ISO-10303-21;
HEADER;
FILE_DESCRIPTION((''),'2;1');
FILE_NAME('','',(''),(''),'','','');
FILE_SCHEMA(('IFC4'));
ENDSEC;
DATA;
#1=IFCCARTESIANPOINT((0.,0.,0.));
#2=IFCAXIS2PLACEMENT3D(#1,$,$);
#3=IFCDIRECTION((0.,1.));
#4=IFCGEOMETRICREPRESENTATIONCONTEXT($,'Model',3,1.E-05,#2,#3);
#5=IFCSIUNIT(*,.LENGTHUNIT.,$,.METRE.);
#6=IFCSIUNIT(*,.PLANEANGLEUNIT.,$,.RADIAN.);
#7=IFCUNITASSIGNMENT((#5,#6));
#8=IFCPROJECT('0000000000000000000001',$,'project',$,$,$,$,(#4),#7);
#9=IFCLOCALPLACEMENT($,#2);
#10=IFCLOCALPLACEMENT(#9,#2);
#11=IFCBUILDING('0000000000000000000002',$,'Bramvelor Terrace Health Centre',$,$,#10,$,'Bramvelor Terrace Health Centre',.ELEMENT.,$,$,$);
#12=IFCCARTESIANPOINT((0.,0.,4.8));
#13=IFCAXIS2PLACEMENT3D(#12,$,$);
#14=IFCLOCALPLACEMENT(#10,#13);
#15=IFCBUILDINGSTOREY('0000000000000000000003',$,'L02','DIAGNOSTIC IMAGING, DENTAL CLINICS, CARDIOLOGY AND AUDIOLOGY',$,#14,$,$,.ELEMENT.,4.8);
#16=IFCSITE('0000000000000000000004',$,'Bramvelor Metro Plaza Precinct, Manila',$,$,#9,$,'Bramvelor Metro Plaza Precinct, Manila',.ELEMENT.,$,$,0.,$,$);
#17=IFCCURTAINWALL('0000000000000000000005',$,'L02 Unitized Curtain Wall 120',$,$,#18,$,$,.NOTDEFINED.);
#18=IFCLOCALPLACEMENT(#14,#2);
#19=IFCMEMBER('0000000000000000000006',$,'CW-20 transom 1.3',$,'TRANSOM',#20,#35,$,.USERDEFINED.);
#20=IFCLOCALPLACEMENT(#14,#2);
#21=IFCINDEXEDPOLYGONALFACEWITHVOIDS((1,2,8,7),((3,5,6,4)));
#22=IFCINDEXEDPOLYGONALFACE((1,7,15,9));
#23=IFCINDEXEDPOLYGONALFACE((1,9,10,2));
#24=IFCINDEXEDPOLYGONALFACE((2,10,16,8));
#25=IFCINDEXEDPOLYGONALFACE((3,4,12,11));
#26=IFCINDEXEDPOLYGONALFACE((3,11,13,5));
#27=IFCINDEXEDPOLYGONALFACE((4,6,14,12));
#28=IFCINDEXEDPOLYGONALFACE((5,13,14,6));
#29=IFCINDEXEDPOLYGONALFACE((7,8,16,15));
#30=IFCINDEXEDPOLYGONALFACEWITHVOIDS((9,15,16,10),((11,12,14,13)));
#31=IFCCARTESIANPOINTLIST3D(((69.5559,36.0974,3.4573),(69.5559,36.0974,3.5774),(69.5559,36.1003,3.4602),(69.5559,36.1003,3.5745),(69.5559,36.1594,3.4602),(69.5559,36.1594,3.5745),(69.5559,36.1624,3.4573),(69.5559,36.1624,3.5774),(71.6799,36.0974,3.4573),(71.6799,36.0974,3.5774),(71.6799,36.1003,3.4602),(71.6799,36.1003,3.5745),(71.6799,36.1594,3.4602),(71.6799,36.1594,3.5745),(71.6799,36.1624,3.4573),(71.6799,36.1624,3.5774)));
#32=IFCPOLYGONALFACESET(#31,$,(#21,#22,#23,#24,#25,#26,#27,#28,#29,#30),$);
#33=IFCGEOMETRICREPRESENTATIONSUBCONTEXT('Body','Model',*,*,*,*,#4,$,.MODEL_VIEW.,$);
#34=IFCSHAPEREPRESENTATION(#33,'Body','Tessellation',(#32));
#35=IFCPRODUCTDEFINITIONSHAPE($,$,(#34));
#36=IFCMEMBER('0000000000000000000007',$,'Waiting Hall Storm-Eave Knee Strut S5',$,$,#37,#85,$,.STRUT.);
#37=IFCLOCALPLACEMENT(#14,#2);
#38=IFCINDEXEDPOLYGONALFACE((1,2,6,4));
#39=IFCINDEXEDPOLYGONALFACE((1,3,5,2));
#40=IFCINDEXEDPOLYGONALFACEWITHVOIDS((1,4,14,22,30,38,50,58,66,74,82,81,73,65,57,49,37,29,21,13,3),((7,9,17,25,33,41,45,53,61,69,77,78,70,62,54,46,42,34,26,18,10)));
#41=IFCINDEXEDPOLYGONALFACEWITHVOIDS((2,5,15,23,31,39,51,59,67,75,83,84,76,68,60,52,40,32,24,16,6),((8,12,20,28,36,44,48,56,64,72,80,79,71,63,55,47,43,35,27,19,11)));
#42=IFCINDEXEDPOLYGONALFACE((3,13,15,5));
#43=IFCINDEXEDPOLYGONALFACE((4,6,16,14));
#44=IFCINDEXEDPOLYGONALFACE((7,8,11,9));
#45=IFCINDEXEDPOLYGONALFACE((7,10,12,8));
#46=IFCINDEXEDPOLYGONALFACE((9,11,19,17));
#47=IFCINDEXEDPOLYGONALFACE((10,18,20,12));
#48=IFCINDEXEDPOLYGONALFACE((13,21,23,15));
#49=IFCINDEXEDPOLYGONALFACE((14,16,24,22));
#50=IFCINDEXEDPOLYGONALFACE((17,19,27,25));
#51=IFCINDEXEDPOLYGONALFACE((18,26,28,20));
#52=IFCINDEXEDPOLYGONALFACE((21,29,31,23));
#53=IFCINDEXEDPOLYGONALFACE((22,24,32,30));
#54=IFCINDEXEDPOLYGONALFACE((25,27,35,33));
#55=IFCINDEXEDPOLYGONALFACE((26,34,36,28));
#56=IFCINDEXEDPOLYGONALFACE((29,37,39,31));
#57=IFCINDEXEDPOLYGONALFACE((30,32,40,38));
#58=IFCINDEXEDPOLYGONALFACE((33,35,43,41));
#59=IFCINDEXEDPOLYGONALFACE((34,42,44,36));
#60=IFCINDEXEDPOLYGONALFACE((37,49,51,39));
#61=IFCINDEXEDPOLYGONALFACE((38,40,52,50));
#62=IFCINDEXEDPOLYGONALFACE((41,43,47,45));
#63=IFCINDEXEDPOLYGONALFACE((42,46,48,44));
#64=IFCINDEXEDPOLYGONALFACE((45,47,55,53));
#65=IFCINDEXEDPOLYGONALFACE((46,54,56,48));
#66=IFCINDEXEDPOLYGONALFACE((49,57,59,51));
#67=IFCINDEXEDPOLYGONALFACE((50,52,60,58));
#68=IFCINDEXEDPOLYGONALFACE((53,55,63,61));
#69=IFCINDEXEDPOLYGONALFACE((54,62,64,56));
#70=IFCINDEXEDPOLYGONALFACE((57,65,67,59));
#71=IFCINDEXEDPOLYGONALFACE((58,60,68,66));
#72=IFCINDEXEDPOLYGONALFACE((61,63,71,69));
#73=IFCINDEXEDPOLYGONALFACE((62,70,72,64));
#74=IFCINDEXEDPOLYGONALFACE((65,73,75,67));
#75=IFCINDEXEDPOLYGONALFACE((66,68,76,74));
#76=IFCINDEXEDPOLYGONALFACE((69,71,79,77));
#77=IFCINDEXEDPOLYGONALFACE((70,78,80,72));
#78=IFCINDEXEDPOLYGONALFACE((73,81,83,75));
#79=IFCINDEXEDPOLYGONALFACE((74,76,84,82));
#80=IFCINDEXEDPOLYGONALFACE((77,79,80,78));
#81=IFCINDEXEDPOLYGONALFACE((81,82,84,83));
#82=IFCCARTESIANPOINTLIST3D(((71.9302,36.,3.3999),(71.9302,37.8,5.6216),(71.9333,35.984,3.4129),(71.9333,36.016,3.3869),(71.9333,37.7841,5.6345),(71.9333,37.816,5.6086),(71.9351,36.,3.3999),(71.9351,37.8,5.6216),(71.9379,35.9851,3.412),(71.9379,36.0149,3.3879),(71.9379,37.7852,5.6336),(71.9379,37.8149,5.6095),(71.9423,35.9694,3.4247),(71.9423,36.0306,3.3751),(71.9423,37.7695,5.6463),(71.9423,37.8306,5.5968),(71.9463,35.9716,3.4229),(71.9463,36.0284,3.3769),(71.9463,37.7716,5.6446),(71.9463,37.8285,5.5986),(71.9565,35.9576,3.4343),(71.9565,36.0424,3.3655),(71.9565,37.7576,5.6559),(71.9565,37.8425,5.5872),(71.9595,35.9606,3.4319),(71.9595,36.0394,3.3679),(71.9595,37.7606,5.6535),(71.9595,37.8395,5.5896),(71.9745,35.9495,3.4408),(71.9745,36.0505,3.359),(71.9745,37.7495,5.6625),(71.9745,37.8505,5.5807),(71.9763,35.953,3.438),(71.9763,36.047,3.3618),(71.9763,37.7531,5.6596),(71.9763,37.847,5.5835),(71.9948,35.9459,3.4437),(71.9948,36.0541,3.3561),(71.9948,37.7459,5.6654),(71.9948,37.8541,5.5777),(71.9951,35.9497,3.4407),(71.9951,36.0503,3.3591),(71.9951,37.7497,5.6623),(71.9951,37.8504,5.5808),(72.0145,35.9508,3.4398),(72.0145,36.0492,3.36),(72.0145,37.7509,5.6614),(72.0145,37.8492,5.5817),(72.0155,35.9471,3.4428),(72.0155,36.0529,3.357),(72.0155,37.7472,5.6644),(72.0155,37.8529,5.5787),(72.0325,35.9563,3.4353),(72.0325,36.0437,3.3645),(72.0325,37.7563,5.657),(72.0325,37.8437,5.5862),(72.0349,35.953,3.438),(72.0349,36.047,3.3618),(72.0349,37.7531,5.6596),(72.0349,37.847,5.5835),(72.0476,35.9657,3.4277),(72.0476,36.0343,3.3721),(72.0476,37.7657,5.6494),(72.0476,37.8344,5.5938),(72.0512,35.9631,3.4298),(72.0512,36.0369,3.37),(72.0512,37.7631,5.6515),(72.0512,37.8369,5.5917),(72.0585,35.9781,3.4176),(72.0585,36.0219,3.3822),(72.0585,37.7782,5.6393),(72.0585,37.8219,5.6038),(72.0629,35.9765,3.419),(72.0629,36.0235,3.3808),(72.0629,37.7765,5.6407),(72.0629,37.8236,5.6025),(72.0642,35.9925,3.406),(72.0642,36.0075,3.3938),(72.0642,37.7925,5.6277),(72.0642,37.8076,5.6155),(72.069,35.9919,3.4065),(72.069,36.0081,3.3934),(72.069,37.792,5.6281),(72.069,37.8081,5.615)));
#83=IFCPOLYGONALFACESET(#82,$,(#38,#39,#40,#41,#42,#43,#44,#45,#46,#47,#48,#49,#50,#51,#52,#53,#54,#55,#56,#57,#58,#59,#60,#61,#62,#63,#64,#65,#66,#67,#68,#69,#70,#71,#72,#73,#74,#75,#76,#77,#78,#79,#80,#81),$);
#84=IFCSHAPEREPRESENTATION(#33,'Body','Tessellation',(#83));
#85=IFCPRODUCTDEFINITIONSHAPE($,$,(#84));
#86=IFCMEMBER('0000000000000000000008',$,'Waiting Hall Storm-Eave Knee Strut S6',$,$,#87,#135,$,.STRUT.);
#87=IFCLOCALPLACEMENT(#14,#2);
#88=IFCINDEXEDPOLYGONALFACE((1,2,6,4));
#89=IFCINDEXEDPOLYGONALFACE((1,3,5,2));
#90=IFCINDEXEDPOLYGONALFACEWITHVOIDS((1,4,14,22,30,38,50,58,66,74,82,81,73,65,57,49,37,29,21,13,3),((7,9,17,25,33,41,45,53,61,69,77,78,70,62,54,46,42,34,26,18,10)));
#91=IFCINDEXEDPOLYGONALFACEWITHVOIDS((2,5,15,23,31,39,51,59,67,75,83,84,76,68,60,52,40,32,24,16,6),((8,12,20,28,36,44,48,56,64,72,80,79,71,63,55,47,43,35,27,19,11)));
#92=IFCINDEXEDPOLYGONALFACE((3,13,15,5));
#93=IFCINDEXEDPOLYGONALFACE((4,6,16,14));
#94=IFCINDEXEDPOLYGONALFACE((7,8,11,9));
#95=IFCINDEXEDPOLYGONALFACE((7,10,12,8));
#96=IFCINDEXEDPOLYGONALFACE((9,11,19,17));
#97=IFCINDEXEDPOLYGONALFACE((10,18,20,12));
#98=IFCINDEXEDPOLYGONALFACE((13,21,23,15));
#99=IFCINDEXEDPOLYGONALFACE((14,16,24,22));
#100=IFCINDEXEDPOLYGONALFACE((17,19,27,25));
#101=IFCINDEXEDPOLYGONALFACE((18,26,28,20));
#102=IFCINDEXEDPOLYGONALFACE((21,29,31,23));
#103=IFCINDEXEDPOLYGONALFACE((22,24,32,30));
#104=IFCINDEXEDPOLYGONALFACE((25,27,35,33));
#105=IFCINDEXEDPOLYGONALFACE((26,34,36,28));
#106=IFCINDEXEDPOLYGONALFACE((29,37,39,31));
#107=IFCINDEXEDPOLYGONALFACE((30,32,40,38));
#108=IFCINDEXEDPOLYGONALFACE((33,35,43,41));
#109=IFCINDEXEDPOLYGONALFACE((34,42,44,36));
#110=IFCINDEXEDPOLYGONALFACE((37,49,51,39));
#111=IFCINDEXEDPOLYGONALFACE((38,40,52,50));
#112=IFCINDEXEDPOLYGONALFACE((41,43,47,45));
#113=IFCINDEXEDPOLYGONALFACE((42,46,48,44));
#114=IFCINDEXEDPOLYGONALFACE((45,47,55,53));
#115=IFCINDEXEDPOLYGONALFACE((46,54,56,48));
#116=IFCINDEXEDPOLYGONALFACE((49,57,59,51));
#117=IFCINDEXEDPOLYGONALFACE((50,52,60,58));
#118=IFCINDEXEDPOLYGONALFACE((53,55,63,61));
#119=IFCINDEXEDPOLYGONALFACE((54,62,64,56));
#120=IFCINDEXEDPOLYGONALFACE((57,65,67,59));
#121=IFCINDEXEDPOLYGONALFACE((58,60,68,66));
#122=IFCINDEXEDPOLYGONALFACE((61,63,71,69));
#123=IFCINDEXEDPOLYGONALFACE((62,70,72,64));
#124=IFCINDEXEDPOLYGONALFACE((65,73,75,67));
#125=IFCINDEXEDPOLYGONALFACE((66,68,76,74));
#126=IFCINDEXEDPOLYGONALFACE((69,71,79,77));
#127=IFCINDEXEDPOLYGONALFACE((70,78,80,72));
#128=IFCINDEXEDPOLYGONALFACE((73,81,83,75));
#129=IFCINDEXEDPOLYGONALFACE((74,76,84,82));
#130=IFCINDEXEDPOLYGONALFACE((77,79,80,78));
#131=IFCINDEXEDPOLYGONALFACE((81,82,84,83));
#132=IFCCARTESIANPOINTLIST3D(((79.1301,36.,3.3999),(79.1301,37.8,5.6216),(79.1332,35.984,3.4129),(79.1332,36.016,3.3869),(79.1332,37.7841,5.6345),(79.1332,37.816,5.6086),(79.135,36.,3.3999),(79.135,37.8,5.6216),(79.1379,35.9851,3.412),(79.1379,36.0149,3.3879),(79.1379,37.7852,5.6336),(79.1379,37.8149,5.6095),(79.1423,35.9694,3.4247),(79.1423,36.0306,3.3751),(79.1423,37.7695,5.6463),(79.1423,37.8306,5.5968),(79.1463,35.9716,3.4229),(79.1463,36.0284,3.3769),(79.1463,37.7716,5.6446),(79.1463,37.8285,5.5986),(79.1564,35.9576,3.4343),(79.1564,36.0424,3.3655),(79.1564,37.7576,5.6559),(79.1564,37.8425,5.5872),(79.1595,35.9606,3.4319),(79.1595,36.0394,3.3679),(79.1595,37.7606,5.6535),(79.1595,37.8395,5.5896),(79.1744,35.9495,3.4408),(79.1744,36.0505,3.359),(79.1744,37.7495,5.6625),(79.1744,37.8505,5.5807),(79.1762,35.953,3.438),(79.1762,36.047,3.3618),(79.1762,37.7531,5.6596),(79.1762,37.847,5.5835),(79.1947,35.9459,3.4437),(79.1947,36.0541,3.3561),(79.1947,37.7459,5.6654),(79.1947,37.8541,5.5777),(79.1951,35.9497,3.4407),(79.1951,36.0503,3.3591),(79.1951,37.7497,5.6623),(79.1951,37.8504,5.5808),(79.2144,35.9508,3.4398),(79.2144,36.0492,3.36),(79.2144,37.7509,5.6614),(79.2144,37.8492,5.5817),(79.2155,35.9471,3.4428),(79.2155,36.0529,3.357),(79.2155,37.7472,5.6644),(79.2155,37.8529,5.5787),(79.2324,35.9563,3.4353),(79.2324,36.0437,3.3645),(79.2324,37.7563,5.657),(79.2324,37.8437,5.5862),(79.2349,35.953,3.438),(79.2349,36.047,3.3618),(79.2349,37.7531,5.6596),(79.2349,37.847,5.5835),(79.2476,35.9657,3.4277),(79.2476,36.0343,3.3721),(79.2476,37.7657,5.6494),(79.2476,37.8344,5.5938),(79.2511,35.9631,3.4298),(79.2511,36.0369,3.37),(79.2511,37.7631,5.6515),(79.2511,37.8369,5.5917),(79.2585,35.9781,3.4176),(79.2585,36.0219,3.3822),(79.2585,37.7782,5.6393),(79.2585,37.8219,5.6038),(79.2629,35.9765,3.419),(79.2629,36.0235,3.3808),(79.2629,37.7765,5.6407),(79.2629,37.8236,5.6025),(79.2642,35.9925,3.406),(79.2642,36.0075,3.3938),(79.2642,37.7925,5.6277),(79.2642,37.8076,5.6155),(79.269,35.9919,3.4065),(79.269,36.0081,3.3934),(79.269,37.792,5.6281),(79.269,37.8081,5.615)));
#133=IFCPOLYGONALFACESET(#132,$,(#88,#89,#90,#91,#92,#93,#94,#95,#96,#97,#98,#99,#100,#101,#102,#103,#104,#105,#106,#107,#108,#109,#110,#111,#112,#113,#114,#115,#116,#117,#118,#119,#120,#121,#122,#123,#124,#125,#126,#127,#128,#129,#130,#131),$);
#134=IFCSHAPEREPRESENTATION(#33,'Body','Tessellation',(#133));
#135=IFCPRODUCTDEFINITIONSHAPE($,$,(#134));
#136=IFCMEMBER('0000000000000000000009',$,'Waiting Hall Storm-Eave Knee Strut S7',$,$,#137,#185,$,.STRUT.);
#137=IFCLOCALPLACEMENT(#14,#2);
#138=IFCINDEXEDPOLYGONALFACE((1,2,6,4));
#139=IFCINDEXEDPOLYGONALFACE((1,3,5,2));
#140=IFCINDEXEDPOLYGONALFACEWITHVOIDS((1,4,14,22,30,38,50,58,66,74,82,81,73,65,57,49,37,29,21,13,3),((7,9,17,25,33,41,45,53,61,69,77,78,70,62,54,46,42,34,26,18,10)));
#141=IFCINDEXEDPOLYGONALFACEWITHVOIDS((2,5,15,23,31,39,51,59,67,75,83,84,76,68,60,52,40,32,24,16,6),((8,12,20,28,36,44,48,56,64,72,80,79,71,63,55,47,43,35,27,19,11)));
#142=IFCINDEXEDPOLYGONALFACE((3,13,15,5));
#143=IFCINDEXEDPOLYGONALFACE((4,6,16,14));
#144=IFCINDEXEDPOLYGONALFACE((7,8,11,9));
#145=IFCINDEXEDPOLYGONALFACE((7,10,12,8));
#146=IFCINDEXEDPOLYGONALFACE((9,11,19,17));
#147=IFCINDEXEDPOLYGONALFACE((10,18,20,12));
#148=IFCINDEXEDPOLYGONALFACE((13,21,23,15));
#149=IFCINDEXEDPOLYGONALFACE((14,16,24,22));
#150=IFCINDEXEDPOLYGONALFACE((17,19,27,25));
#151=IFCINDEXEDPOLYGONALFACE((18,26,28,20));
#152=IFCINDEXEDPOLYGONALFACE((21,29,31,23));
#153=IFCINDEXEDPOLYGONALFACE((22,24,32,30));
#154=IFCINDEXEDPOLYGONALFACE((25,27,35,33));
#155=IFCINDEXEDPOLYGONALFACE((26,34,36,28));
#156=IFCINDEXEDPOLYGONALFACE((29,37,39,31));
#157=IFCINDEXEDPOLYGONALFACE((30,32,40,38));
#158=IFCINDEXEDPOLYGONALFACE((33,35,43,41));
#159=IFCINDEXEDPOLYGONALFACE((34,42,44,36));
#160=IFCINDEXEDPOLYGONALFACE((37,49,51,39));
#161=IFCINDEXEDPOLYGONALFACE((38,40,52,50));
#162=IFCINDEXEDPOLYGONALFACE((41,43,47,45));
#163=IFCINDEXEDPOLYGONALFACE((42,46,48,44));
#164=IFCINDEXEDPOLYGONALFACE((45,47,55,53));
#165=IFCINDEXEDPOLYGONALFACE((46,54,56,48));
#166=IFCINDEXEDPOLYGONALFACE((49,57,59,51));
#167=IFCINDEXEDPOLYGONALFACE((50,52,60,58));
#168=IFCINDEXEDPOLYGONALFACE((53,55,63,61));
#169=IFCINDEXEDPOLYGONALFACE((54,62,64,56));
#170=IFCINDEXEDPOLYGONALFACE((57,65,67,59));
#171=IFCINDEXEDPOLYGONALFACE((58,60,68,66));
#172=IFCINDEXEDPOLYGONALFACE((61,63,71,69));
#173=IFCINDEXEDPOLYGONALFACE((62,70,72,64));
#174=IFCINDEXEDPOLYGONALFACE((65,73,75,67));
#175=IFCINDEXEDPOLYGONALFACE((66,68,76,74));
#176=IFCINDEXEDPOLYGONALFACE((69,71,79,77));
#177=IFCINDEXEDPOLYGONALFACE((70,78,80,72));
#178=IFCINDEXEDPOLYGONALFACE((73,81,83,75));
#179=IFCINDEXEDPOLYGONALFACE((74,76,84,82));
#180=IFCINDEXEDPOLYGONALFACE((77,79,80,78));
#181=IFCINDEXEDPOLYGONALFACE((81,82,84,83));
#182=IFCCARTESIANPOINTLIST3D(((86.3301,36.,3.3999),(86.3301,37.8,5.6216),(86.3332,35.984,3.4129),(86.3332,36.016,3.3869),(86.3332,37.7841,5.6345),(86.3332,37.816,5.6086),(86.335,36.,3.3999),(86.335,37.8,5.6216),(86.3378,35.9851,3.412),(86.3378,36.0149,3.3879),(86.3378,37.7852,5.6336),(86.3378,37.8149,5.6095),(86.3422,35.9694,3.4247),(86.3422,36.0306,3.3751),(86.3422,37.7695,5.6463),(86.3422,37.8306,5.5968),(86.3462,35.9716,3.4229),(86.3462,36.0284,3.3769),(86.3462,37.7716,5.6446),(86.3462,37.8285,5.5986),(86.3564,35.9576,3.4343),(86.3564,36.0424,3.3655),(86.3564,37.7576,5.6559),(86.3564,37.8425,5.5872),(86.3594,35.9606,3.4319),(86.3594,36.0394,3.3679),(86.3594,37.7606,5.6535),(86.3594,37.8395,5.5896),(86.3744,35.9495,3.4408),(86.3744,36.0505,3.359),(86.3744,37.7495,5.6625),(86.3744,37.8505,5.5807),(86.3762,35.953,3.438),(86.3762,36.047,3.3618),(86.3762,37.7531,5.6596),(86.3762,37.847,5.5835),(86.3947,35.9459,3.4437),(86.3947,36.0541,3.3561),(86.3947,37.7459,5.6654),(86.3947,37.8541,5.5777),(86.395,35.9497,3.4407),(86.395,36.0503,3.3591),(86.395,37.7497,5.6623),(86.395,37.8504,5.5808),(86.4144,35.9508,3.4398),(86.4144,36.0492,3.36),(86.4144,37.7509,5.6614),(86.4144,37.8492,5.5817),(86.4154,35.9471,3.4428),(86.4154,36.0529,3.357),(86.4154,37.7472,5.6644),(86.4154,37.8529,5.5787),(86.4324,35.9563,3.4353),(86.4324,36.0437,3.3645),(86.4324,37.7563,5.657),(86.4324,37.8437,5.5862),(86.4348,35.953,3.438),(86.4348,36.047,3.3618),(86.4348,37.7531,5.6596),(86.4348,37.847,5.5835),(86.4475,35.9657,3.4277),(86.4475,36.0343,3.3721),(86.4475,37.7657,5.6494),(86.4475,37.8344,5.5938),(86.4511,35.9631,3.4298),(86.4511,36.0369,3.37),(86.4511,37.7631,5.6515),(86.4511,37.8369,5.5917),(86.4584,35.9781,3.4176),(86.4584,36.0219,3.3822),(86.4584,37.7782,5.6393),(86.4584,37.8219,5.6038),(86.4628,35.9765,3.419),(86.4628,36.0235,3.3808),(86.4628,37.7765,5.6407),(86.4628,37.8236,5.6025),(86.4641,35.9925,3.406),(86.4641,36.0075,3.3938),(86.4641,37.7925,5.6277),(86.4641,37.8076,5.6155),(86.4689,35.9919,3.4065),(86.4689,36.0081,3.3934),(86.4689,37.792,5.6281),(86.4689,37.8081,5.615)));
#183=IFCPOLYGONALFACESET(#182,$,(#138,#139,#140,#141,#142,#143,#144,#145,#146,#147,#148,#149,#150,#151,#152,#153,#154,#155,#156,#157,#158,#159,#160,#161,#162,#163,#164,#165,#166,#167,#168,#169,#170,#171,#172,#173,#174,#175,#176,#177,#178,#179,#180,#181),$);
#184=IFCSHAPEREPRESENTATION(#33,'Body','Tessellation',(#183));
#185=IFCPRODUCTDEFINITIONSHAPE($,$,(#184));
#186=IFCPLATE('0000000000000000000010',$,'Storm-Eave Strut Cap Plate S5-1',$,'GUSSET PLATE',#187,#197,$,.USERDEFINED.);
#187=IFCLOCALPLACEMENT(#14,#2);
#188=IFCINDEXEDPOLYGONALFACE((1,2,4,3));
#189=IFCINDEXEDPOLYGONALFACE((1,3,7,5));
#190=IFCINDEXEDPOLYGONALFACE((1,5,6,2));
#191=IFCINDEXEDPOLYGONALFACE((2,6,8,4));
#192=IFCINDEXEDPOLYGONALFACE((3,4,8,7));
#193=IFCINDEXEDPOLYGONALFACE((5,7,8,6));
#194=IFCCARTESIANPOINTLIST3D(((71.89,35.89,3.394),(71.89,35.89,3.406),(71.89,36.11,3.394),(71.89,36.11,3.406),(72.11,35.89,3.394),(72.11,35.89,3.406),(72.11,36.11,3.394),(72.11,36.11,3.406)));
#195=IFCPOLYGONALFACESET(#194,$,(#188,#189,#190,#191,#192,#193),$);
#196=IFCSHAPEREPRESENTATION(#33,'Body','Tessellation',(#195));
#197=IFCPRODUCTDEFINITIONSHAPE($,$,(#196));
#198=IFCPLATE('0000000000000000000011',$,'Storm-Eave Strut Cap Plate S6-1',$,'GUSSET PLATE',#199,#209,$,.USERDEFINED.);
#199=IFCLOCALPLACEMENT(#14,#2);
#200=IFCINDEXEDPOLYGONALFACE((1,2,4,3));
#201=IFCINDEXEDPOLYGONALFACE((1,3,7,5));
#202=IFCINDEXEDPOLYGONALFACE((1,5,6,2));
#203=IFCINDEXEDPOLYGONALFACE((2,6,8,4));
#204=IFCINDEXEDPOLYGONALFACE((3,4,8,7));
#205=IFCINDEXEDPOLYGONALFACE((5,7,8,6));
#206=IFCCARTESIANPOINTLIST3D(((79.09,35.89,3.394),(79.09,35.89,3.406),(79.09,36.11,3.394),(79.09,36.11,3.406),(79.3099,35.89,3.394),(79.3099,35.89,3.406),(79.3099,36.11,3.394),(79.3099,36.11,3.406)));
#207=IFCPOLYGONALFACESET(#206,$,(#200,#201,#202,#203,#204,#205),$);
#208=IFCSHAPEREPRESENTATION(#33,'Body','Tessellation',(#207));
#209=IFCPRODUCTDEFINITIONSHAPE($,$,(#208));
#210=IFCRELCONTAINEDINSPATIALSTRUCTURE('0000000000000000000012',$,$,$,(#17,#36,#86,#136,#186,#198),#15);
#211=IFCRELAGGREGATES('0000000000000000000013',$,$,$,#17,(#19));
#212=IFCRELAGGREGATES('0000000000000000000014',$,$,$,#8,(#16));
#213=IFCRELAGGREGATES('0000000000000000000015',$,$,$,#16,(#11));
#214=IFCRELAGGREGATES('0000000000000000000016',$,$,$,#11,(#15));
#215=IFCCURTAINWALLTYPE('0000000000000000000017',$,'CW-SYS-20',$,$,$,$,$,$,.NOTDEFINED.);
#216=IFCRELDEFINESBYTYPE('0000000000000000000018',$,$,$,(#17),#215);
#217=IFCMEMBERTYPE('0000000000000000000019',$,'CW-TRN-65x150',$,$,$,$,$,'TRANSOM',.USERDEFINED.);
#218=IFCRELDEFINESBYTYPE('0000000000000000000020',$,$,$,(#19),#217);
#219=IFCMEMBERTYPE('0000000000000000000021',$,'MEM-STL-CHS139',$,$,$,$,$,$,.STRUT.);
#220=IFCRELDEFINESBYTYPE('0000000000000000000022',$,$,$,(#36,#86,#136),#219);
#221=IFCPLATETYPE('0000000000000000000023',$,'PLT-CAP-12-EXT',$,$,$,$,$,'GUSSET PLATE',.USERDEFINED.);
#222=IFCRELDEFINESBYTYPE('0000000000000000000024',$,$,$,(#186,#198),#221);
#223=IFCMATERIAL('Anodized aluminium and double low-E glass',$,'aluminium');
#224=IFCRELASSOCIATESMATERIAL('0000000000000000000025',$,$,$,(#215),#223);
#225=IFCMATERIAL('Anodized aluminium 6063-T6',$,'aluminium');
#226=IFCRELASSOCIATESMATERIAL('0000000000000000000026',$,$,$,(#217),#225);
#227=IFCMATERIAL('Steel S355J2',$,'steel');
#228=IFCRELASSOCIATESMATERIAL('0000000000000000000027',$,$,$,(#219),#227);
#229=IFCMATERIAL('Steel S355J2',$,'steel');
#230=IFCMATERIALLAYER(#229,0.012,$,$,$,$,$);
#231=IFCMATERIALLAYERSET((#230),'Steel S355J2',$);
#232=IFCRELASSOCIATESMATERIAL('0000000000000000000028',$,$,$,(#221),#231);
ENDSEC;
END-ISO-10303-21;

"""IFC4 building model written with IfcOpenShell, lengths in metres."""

from ifc_helpers import new_model, si_unit, direction, frame, origin, origin_2d, place, context, subcontext, project, spatial, rectangle, hollow_rectangle, hollow_circle, extrude, material, layer, layer_set, material_profile, profile_set, type_object, element, aggregate, save


model = new_model("IFC4")

# Units and contexts
model_context = context("Model", 3, precision=1e-05, world=origin(), true_north=direction((0.0, 1.0)))
body_context = subcontext(model_context, "Body", "Model", "MODEL_VIEW")
ifc_project = project(units=[si_unit("LENGTHUNIT", "METRE"), si_unit("PLANEANGLEUNIT", "RADIAN")], contexts=[model_context])

# Site, building, storey
site_placement = place(None, origin())
site = spatial("IfcSite", under=ifc_project, at=site_placement, Name="Bramvelor Metro Plaza Precinct, Manila", LongName="Bramvelor Metro Plaza Precinct, Manila", CompositionType="ELEMENT", RefElevation=0.0)
building_placement = place(site_placement, origin())
building = spatial("IfcBuilding", under=site, at=building_placement, Name="Bramvelor Terrace Health Centre", LongName="Bramvelor Terrace Health Centre", CompositionType="ELEMENT")
storey_placement = place(building_placement, frame((0.0, 0.0, 4.8)))
storey = spatial("IfcBuildingStorey", under=building, at=storey_placement, Name="L02", Description="DIAGNOSTIC IMAGING, DENTAL CLINICS, CARDIOLOGY AND AUDIOLOGY", CompositionType="ELEMENT", Elevation=4.8)

# Curtain wall
ifc_material_1 = material(Name="Anodized aluminium and double low-E glass", Category="aluminium")
curtain_wall_type_1 = type_object("IfcCurtainWallType", Name="CW-SYS-20", PredefinedType="NOTDEFINED", material=ifc_material_1)
curtain_wall_1_placement = place(storey_placement, origin())
curtain_wall_1 = element("IfcCurtainWall", 1, at=curtain_wall_1_placement, inside=storey, type_object=curtain_wall_type_1, Name="L02 Unitized Curtain Wall 120", PredefinedType="NOTDEFINED")

# Member
ifc_material_2 = material(Name="Anodized aluminium 6063-T6", Category="aluminium")
ifc_material_profile_1 = material_profile(ifc_material_2, hollow_rectangle(XDim=0.0649, YDim=0.1201, WallThickness=0.0029, at=origin_2d()), Name="ALU-TRN 65x120x3.0")
ifc_profile_set_1 = profile_set([ifc_material_profile_1], Name="Anodized aluminium 6063-T6")
member_type_1 = type_object("IfcMemberType", Name="CW-TRN-65x150", ElementType="TRANSOM", PredefinedType="USERDEFINED", material=ifc_profile_set_1)
member_1_placement = place(storey_placement, frame((71.6799, 36.1299, 3.5173), z_axis=(-1.0, 0.0, 0.0), x_axis=(0.0, -1.0, 0.0)))
member_1 = element("IfcMember", 2, at=member_1_placement, type_object=member_type_1, Name="CW-20 transom 1.3", ObjectType="TRANSOM", PredefinedType="USERDEFINED", context=body_context, shape_type="SweptSolid", body=[
    extrude(hollow_rectangle(XDim=0.0649, YDim=0.1201, WallThickness=0.0029, at=origin_2d()), origin(), (0.0, 0.0, 1.0), 2.124),
])
aggregate(curtain_wall_1, [member_1])

# Members
ifc_material_3 = material(Name="Steel S355J2", Category="steel")
ifc_material_profile_2 = material_profile(ifc_material_3, hollow_circle(Radius=0.0698, WallThickness=0.0049, at=origin_2d()), Name="CHS 139.7x5.0")
ifc_profile_set_2 = profile_set([ifc_material_profile_2], Name="Steel S355J2")
member_type_2 = type_object("IfcMemberType", Name="MEM-STL-CHS139", PredefinedType="STRUT", material=ifc_profile_set_2)
for number, where, z_axis, x_axis, name in (
    (3, (72.0, 36.0, 3.3999), (0.0, 0.629525, 0.77698), (-1.0, 0.0, 0.0), "Waiting Hall Storm-Eave Knee Strut S5"),
    (4, (79.2, 36.0, 3.3999), (0.0, 0.629525, 0.77698), (-1.0, 0.0, 0.0), "Waiting Hall Storm-Eave Knee Strut S6"),
    (5, (86.3999, 36.0, 3.3999), (0.0, 0.629525, 0.77698), (-1.0, 0.0, 0.0), "Waiting Hall Storm-Eave Knee Strut S7"),
):
    element("IfcMember", number, at=place(storey_placement, frame(where, z_axis=z_axis, x_axis=x_axis)), inside=storey, type_object=member_type_2, Name=name, PredefinedType="STRUT", context=body_context, shape_type="SweptSolid", body=[
        extrude(hollow_circle(Radius=0.0698, WallThickness=0.0049, at=origin_2d()), origin(), (0.0, 0.0, 1.0), 2.8594),
    ])

# Plates
ifc_material_4 = material(Name="Steel S355J2", Category="steel")
ifc_layer = layer(ifc_material_4, 0.012)
ifc_layer_set = layer_set([ifc_layer], Name="Steel S355J2")
plate_type = type_object("IfcPlateType", Name="PLT-CAP-12-EXT", ElementType="GUSSET PLATE", PredefinedType="USERDEFINED", material=ifc_layer_set)
for number, where, z_axis, x_axis, name in (
    (6, (72.0, 36.0, 3.394), (0.0, 0.0, 1.0), (1.0, 0.0, 0.0), "Storm-Eave Strut Cap Plate S5-1"),
    (7, (79.2, 36.0, 3.394), (0.0, 0.0, 1.0), (1.0, 0.0, 0.0), "Storm-Eave Strut Cap Plate S6-1"),
):
    element("IfcPlate", number, at=place(storey_placement, frame(where, z_axis=z_axis, x_axis=x_axis)), inside=storey, type_object=plate_type, Name=name, ObjectType="GUSSET PLATE", PredefinedType="USERDEFINED", context=body_context, shape_type="SweptSolid", body=[
        extrude(rectangle(XDim=0.22, YDim=0.22, at=origin_2d()), origin(), (0.0, 0.0, 1.0), 0.012),
    ])

save(model, "model.ifc")
